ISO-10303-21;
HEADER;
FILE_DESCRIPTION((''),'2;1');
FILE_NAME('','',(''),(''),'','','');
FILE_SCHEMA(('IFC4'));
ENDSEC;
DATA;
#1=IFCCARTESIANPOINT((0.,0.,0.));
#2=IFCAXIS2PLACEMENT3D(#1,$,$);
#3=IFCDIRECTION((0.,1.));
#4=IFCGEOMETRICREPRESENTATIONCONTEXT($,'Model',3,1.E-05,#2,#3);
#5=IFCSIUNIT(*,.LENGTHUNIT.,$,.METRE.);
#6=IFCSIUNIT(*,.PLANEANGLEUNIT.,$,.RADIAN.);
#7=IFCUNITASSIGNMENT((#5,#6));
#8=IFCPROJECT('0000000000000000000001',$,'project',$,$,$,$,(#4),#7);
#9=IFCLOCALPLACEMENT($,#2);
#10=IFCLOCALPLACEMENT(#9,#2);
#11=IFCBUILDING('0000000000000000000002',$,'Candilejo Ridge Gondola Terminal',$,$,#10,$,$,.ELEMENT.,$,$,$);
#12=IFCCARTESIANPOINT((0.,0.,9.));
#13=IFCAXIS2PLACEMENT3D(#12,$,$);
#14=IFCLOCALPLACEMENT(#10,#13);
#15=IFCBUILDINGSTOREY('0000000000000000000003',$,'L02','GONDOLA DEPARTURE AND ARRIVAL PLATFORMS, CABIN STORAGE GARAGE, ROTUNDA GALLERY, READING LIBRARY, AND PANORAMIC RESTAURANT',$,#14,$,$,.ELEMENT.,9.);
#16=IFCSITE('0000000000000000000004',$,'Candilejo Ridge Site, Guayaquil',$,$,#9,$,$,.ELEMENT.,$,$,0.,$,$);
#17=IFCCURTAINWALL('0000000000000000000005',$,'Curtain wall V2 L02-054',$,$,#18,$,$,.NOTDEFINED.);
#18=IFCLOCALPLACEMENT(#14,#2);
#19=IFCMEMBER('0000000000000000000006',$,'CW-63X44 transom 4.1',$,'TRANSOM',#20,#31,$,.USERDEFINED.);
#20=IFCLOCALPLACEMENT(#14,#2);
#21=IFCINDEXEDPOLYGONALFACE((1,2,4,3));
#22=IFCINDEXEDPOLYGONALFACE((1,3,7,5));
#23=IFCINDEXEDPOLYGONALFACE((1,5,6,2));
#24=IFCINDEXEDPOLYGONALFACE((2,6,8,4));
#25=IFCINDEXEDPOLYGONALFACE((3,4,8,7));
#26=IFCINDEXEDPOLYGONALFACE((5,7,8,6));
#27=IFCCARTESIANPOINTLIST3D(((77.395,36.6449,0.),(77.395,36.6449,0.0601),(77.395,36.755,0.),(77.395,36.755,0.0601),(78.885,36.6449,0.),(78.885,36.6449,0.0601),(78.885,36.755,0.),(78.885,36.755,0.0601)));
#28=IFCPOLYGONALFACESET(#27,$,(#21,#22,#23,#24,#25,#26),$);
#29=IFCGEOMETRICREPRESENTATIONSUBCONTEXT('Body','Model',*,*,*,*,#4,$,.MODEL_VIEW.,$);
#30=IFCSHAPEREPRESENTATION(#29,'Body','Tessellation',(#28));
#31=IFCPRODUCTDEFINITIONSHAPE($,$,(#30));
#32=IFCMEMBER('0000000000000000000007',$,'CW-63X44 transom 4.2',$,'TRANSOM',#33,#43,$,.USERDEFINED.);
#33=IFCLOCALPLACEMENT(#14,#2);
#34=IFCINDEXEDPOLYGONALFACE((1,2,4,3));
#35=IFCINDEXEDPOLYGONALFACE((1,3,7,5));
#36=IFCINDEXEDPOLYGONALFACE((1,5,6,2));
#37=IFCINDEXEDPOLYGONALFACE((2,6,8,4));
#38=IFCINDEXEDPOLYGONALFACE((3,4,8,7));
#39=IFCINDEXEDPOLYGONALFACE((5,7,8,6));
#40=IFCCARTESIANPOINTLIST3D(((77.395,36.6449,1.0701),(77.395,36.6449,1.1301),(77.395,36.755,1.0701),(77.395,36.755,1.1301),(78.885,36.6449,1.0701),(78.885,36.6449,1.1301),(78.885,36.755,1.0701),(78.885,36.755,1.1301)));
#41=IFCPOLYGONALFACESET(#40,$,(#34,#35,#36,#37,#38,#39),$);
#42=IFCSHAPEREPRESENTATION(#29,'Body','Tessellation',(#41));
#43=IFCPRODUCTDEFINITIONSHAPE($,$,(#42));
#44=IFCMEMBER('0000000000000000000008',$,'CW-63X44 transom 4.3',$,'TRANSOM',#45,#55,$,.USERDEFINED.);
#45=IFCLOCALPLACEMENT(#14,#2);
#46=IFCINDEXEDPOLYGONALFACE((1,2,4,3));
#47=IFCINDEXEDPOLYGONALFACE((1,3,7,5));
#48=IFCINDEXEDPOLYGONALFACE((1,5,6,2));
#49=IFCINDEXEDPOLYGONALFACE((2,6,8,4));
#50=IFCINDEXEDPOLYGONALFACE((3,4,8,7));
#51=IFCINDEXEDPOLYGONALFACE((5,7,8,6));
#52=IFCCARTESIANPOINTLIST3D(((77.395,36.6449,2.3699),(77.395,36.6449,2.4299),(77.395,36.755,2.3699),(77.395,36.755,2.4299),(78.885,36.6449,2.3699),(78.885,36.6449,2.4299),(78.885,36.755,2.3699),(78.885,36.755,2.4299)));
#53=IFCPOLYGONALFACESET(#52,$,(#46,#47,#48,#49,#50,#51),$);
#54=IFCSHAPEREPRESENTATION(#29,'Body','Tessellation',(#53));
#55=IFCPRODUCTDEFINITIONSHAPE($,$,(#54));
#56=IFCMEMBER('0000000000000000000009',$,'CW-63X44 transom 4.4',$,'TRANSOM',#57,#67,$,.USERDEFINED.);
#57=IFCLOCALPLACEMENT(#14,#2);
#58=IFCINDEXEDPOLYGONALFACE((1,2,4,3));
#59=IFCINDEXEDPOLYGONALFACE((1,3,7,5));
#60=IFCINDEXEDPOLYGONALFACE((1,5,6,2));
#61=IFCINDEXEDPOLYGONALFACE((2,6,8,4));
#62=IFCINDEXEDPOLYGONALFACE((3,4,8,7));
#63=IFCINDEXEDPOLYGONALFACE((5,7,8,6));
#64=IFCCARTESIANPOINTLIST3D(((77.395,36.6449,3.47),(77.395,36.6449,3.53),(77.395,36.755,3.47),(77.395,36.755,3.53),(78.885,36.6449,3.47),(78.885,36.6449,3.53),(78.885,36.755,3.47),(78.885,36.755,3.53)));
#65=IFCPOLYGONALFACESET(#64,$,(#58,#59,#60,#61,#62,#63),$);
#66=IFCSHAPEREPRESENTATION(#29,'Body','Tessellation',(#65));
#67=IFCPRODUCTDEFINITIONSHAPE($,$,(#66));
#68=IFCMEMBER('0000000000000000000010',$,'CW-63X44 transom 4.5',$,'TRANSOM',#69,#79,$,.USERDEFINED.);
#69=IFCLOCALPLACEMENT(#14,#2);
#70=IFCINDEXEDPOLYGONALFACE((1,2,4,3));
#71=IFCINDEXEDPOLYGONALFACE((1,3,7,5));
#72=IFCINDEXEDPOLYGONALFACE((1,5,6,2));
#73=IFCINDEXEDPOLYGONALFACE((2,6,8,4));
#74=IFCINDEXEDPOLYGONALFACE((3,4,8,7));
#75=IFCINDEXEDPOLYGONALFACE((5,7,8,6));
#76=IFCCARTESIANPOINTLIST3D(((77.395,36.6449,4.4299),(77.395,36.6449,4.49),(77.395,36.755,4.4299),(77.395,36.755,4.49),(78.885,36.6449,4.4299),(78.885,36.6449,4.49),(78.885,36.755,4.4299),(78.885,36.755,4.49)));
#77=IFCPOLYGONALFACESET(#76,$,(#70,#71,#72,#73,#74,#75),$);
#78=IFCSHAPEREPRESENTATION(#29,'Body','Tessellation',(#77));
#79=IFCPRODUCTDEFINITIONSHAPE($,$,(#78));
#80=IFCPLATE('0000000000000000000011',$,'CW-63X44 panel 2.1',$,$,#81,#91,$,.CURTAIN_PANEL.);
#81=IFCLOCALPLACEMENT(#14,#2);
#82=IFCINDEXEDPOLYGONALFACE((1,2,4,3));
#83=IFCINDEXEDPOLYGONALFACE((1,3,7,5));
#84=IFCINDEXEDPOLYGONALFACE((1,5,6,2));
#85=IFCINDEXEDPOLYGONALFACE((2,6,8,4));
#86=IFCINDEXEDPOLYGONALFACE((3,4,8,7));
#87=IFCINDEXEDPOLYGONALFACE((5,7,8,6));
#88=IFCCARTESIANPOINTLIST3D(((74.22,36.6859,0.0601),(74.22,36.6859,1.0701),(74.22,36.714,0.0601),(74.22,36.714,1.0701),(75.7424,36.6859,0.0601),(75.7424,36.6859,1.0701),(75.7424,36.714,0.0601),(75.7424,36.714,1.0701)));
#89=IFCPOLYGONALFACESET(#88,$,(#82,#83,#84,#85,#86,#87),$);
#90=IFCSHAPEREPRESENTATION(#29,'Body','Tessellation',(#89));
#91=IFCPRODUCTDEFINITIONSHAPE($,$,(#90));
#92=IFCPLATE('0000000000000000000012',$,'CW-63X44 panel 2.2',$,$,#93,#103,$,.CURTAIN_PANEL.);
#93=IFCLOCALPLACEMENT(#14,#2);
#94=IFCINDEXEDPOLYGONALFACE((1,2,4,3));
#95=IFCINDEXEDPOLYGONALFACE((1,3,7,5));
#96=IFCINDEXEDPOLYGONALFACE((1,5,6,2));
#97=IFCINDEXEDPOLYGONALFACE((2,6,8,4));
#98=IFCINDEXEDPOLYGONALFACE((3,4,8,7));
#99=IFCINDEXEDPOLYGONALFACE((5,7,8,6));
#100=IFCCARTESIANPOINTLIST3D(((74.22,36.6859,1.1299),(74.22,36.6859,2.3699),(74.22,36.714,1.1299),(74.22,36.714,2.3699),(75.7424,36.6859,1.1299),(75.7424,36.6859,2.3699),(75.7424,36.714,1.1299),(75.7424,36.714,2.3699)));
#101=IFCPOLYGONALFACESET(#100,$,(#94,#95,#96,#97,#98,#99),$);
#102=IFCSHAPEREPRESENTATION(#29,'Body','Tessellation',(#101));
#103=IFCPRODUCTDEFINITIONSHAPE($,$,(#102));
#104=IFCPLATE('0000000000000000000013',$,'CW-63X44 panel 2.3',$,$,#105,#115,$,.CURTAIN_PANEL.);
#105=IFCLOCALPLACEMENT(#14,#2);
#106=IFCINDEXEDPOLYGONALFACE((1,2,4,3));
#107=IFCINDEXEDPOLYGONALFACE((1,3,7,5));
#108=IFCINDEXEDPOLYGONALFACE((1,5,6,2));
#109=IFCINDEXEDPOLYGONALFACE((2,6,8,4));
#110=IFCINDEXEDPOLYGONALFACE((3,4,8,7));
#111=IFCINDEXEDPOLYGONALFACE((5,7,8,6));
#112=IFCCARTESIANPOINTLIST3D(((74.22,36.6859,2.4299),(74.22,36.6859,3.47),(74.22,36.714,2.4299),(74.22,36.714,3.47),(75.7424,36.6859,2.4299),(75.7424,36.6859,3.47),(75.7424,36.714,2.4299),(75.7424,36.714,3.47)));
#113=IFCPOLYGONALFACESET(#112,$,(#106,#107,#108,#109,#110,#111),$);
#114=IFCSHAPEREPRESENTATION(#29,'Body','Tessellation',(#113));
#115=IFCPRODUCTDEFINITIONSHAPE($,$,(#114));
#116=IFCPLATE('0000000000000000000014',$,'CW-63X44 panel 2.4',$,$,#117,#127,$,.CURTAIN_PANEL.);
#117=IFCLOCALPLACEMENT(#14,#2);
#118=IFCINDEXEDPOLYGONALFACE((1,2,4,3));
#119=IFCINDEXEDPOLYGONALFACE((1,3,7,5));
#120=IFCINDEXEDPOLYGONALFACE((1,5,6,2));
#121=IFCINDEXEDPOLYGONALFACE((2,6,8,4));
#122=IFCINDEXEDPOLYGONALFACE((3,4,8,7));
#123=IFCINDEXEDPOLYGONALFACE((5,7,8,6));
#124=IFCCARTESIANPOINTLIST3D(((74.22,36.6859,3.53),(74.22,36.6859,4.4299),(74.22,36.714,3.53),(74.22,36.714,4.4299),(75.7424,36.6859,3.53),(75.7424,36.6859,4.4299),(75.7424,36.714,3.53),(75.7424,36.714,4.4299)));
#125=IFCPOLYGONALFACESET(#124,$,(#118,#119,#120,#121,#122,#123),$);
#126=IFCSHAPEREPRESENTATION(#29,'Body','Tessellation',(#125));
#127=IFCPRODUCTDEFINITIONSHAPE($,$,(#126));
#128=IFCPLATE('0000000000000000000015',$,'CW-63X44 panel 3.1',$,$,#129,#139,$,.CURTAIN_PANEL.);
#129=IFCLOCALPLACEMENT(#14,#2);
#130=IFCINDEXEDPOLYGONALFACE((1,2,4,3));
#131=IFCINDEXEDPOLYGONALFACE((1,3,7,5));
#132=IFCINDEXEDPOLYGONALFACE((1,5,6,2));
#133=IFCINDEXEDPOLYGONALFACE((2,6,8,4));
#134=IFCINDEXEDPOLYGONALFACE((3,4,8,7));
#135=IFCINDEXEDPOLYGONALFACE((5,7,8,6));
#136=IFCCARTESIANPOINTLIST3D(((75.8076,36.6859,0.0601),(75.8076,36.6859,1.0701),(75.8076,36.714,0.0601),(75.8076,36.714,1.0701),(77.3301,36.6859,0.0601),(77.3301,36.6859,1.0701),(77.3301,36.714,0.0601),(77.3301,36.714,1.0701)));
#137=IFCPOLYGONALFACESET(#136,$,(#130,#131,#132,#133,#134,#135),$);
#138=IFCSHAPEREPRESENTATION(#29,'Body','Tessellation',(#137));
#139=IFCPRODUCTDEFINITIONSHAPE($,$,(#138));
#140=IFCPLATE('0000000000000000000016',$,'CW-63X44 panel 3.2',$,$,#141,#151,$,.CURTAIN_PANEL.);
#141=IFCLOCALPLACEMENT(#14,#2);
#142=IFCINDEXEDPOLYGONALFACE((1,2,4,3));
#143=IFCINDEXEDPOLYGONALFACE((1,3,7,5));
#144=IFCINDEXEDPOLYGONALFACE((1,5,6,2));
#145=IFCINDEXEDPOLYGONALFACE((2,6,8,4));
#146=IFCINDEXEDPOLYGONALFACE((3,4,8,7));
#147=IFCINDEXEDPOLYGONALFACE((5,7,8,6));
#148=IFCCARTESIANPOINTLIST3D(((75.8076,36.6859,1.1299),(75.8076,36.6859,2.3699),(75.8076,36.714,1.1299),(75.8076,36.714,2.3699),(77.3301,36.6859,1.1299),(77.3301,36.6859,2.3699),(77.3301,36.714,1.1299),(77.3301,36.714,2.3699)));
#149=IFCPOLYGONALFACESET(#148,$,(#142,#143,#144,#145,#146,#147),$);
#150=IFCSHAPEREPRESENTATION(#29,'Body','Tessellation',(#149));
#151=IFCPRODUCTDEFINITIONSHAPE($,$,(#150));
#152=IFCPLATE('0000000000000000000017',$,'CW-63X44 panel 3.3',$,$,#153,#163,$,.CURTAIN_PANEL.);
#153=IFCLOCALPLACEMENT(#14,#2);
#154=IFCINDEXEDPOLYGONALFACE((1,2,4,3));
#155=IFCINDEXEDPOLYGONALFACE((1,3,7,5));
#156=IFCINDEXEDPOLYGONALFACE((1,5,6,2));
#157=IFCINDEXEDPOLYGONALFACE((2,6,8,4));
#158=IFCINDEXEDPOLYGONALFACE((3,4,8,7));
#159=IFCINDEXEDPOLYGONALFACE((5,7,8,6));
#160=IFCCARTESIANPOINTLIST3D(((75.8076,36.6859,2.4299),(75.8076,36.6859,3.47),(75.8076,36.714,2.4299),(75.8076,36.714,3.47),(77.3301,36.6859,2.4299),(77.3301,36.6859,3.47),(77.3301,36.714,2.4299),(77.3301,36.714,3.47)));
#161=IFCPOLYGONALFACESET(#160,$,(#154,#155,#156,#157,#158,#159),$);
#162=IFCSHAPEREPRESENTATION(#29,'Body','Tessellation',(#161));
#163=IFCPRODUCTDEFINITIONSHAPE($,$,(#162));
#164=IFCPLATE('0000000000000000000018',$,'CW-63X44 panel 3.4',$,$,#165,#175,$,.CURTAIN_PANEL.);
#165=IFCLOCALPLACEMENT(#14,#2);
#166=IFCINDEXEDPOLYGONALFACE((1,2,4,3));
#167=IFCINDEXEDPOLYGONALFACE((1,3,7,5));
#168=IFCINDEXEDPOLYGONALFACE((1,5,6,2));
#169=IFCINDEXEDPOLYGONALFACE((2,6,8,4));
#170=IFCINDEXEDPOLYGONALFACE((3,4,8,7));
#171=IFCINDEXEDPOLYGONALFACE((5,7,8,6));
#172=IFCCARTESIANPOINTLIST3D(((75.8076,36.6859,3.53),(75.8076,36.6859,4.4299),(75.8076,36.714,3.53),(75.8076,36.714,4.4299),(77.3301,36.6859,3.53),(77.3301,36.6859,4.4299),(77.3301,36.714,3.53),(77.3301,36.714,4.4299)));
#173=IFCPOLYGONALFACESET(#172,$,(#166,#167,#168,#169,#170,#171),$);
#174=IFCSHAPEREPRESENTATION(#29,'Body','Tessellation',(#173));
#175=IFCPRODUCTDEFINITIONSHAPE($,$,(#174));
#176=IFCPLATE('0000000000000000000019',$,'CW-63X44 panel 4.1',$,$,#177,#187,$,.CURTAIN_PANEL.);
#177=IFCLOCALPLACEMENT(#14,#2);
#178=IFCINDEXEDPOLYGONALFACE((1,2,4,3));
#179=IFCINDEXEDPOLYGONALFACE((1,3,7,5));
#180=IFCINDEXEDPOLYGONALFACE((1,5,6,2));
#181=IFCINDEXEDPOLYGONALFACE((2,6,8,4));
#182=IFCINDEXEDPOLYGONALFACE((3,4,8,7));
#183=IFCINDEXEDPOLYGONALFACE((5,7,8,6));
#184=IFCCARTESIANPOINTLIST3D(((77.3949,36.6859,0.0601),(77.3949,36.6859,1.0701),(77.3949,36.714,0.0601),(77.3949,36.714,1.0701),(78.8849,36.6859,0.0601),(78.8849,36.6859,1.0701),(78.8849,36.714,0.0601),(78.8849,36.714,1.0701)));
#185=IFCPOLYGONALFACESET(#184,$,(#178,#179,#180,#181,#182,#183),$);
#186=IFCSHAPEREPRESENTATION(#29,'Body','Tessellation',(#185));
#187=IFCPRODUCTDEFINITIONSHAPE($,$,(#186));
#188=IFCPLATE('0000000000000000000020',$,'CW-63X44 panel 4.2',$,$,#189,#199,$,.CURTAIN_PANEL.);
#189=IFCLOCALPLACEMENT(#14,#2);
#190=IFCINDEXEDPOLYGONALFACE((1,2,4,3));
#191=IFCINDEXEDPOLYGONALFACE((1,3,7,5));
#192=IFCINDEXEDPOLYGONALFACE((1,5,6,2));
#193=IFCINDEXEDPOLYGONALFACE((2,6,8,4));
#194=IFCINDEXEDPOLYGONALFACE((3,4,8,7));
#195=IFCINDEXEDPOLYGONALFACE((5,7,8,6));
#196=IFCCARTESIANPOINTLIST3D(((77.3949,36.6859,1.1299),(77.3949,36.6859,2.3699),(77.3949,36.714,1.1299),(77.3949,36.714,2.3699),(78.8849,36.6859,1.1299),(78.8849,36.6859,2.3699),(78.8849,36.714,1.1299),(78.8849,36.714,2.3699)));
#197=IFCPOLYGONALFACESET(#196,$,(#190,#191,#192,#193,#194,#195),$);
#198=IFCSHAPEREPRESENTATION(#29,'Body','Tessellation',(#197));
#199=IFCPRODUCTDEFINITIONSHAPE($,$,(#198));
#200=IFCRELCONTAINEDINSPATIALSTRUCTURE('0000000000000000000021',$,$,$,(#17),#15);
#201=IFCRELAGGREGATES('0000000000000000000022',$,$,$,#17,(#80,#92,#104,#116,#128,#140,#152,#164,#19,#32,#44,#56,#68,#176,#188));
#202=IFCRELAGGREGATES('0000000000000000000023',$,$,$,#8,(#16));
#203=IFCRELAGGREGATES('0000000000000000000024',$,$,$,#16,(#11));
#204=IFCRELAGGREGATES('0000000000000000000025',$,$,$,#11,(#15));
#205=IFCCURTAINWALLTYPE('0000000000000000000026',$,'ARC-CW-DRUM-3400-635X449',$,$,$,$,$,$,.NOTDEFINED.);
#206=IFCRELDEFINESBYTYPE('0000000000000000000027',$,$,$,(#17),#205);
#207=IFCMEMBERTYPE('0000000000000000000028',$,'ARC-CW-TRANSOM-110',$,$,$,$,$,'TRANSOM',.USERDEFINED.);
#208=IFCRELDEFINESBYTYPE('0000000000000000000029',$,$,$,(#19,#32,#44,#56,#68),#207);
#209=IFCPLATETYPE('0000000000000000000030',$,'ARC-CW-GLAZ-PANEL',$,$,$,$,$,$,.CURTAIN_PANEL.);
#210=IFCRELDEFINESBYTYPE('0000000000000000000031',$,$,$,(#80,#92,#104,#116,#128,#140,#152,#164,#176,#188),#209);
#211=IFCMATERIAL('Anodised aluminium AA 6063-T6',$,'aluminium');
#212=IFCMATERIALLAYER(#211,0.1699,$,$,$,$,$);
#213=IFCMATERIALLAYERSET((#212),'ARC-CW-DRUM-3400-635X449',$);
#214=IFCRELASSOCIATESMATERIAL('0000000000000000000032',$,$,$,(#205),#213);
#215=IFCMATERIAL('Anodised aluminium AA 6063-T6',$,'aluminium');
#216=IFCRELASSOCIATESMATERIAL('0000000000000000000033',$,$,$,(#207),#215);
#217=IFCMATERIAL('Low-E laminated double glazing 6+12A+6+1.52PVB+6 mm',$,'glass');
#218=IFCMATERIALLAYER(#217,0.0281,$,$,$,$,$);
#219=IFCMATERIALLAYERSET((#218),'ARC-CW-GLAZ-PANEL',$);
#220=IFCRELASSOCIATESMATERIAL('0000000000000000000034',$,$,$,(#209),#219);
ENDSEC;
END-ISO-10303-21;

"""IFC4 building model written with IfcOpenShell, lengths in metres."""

from ifc_helpers import new_model, si_unit, direction, frame, origin, origin_2d, place, context, subcontext, project, spatial, rectangle, extrude, material, layer, layer_set, material_profile, profile_set, type_object, element, aggregate, save


model = new_model("IFC4")

# Units and contexts
model_context = context("Model", 3, precision=1e-05, world=origin(), true_north=direction((0.0, 1.0)))
body_context = subcontext(model_context, "Body", "Model", "MODEL_VIEW")
ifc_project = project(units=[si_unit("LENGTHUNIT", "METRE"), si_unit("PLANEANGLEUNIT", "RADIAN")], contexts=[model_context])

# Site, building, storey
site_placement = place(None, origin())
site = spatial("IfcSite", under=ifc_project, at=site_placement, Name="Candilejo Ridge Site, Guayaquil", CompositionType="ELEMENT", RefElevation=0.0)
building_placement = place(site_placement, origin())
building = spatial("IfcBuilding", under=site, at=building_placement, Name="Candilejo Ridge Gondola Terminal", CompositionType="ELEMENT")
storey_placement = place(building_placement, frame((0.0, 0.0, 9.0)))
storey = spatial("IfcBuildingStorey", under=building, at=storey_placement, Name="L02", Description="GONDOLA DEPARTURE AND ARRIVAL PLATFORMS, CABIN STORAGE GARAGE, ROTUNDA GALLERY, READING LIBRARY, AND PANORAMIC RESTAURANT", CompositionType="ELEMENT", Elevation=9.0)

# Curtain wall, members, plates
ifc_material_1 = material(Name="Anodised aluminium AA 6063-T6", Category="aluminium")
ifc_layer_1 = layer(ifc_material_1, 0.1699)
ifc_layer_set_1 = layer_set([ifc_layer_1], Name="ARC-CW-DRUM-3400-635X449")
curtain_wall_type = type_object("IfcCurtainWallType", Name="ARC-CW-DRUM-3400-635X449", PredefinedType="NOTDEFINED", material=ifc_layer_set_1)
curtain_wall_placement = place(storey_placement, origin())
curtain_wall = element("IfcCurtainWall", 1, at=curtain_wall_placement, inside=storey, type_object=curtain_wall_type, Name="Curtain wall V2 L02-054", PredefinedType="NOTDEFINED")
ifc_material_2 = material(Name="Anodised aluminium AA 6063-T6", Category="aluminium")
ifc_material_profile_1 = material_profile(ifc_material_2, rectangle(XDim=0.1101, YDim=0.0601, at=origin_2d()))
ifc_profile_set_1 = profile_set([ifc_material_profile_1], Name="Anodised aluminium AA 6063-T6")
member_type_1 = type_object("IfcMemberType", Name="ARC-CW-TRANSOM-110", ElementType="TRANSOM", PredefinedType="USERDEFINED", material=ifc_profile_set_1)
member_1_placement = place(storey_placement, frame((77.395, 36.7, 0.03), z_axis=(1.0, 0.0, 0.0), x_axis=(0.0, 1.0, 0.0)))
member_1 = element("IfcMember", 2, at=member_1_placement, type_object=member_type_1, Name="CW-63X44 transom 4.1", ObjectType="TRANSOM", PredefinedType="USERDEFINED", context=body_context, shape_type="SweptSolid", body=[
    extrude(rectangle(XDim=0.1101, YDim=0.0601, at=origin_2d()), origin(), (0.0, 0.0, 1.0), 1.49),
])
member_2_placement = place(storey_placement, frame((77.395, 36.7, 1.1001), z_axis=(1.0, 0.0, 0.0), x_axis=(0.0, 1.0, 0.0)))
member_2 = element("IfcMember", 3, at=member_2_placement, type_object=member_type_1, Name="CW-63X44 transom 4.2", ObjectType="TRANSOM", PredefinedType="USERDEFINED", context=body_context, shape_type="SweptSolid", body=[
    extrude(rectangle(XDim=0.1101, YDim=0.0601, at=origin_2d()), origin(), (0.0, 0.0, 1.0), 1.49),
])
member_3_placement = place(storey_placement, frame((77.395, 36.7, 2.3999), z_axis=(1.0, 0.0, 0.0), x_axis=(0.0, 1.0, 0.0)))
member_3 = element("IfcMember", 4, at=member_3_placement, type_object=member_type_1, Name="CW-63X44 transom 4.3", ObjectType="TRANSOM", PredefinedType="USERDEFINED", context=body_context, shape_type="SweptSolid", body=[
    extrude(rectangle(XDim=0.1101, YDim=0.0601, at=origin_2d()), origin(), (0.0, 0.0, 1.0), 1.49),
])
member_4_placement = place(storey_placement, frame((77.395, 36.7, 3.5), z_axis=(1.0, 0.0, 0.0), x_axis=(0.0, 1.0, 0.0)))
member_4 = element("IfcMember", 5, at=member_4_placement, type_object=member_type_1, Name="CW-63X44 transom 4.4", ObjectType="TRANSOM", PredefinedType="USERDEFINED", context=body_context, shape_type="SweptSolid", body=[
    extrude(rectangle(XDim=0.1101, YDim=0.0601, at=origin_2d()), origin(), (0.0, 0.0, 1.0), 1.49),
])
member_5_placement = place(storey_placement, frame((77.395, 36.7, 4.46), z_axis=(1.0, 0.0, 0.0), x_axis=(0.0, 1.0, 0.0)))
member_5 = element("IfcMember", 6, at=member_5_placement, type_object=member_type_1, Name="CW-63X44 transom 4.5", ObjectType="TRANSOM", PredefinedType="USERDEFINED", context=body_context, shape_type="SweptSolid", body=[
    extrude(rectangle(XDim=0.1101, YDim=0.0601, at=origin_2d()), origin(), (0.0, 0.0, 1.0), 1.49),
])
ifc_material_3 = material(Name="Low-E laminated double glazing 6+12A+6+1.52PVB+6 mm", Category="glass")
ifc_layer_2 = layer(ifc_material_3, 0.0281)
ifc_layer_set_2 = layer_set([ifc_layer_2], Name="ARC-CW-GLAZ-PANEL")
plate_type_1 = type_object("IfcPlateType", Name="ARC-CW-GLAZ-PANEL", PredefinedType="CURTAIN_PANEL", material=ifc_layer_set_2)
plate_1_placement = place(storey_placement, frame((74.9812, 36.7, 0.0601), z_axis=(0.0, 0.0, 1.0), x_axis=(1.0, 0.0, 0.0)))
plate_1 = element("IfcPlate", 7, at=plate_1_placement, type_object=plate_type_1, Name="CW-63X44 panel 2.1", PredefinedType="CURTAIN_PANEL", context=body_context, shape_type="SweptSolid", body=[
    extrude(rectangle(XDim=1.5225, YDim=0.0281, at=origin_2d()), origin(), (0.0, 0.0, 1.0), 1.01),
])
plate_2_placement = place(storey_placement, frame((74.9812, 36.7, 1.1299), z_axis=(0.0, 0.0, 1.0), x_axis=(1.0, 0.0, 0.0)))
plate_2 = element("IfcPlate", 8, at=plate_2_placement, type_object=plate_type_1, Name="CW-63X44 panel 2.2", PredefinedType="CURTAIN_PANEL", context=body_context, shape_type="SweptSolid", body=[
    extrude(rectangle(XDim=1.5225, YDim=0.0281, at=origin_2d()), origin(), (0.0, 0.0, 1.0), 1.24),
])
plate_3_placement = place(storey_placement, frame((74.9812, 36.7, 2.4299), z_axis=(0.0, 0.0, 1.0), x_axis=(1.0, 0.0, 0.0)))
plate_3 = element("IfcPlate", 9, at=plate_3_placement, type_object=plate_type_1, Name="CW-63X44 panel 2.3", PredefinedType="CURTAIN_PANEL", context=body_context, shape_type="SweptSolid", body=[
    extrude(rectangle(XDim=1.5225, YDim=0.0281, at=origin_2d()), origin(), (0.0, 0.0, 1.0), 1.04),
])
plate_4_placement = place(storey_placement, frame((74.9812, 36.7, 3.53), z_axis=(0.0, 0.0, 1.0), x_axis=(1.0, 0.0, 0.0)))
plate_4 = element("IfcPlate", 10, at=plate_4_placement, type_object=plate_type_1, Name="CW-63X44 panel 2.4", PredefinedType="CURTAIN_PANEL", context=body_context, shape_type="SweptSolid", body=[
    extrude(rectangle(XDim=1.5225, YDim=0.0281, at=origin_2d()), origin(), (0.0, 0.0, 1.0), 0.8999),
])
plate_5_placement = place(storey_placement, frame((76.5688, 36.7, 0.0601), z_axis=(0.0, 0.0, 1.0), x_axis=(1.0, 0.0, 0.0)))
plate_5 = element("IfcPlate", 11, at=plate_5_placement, type_object=plate_type_1, Name="CW-63X44 panel 3.1", PredefinedType="CURTAIN_PANEL", context=body_context, shape_type="SweptSolid", body=[
    extrude(rectangle(XDim=1.5225, YDim=0.0281, at=origin_2d()), origin(), (0.0, 0.0, 1.0), 1.01),
])
plate_6_placement = place(storey_placement, frame((76.5688, 36.7, 1.1299), z_axis=(0.0, 0.0, 1.0), x_axis=(1.0, 0.0, 0.0)))
plate_6 = element("IfcPlate", 12, at=plate_6_placement, type_object=plate_type_1, Name="CW-63X44 panel 3.2", PredefinedType="CURTAIN_PANEL", context=body_context, shape_type="SweptSolid", body=[
    extrude(rectangle(XDim=1.5225, YDim=0.0281, at=origin_2d()), origin(), (0.0, 0.0, 1.0), 1.24),
])
plate_7_placement = place(storey_placement, frame((76.5688, 36.7, 2.4299), z_axis=(0.0, 0.0, 1.0), x_axis=(1.0, 0.0, 0.0)))
plate_7 = element("IfcPlate", 13, at=plate_7_placement, type_object=plate_type_1, Name="CW-63X44 panel 3.3", PredefinedType="CURTAIN_PANEL", context=body_context, shape_type="SweptSolid", body=[
    extrude(rectangle(XDim=1.5225, YDim=0.0281, at=origin_2d()), origin(), (0.0, 0.0, 1.0), 1.04),
])
plate_8_placement = place(storey_placement, frame((76.5688, 36.7, 3.53), z_axis=(0.0, 0.0, 1.0), x_axis=(1.0, 0.0, 0.0)))
plate_8 = element("IfcPlate", 14, at=plate_8_placement, type_object=plate_type_1, Name="CW-63X44 panel 3.4", PredefinedType="CURTAIN_PANEL", context=body_context, shape_type="SweptSolid", body=[
    extrude(rectangle(XDim=1.5225, YDim=0.0281, at=origin_2d()), origin(), (0.0, 0.0, 1.0), 0.8999),
])
plate_9_placement = place(storey_placement, frame((78.1399, 36.7, 0.0601), z_axis=(0.0, 0.0, 1.0), x_axis=(1.0, 0.0, 0.0)))
plate_9 = element("IfcPlate", 15, at=plate_9_placement, type_object=plate_type_1, Name="CW-63X44 panel 4.1", PredefinedType="CURTAIN_PANEL", context=body_context, shape_type="SweptSolid", body=[
    extrude(rectangle(XDim=1.49, YDim=0.0281, at=origin_2d()), origin(), (0.0, 0.0, 1.0), 1.01),
])
plate_10_placement = place(storey_placement, frame((78.1399, 36.7, 1.1299), z_axis=(0.0, 0.0, 1.0), x_axis=(1.0, 0.0, 0.0)))
plate_10 = element("IfcPlate", 16, at=plate_10_placement, type_object=plate_type_1, Name="CW-63X44 panel 4.2", PredefinedType="CURTAIN_PANEL", context=body_context, shape_type="SweptSolid", body=[
    extrude(rectangle(XDim=1.49, YDim=0.0281, at=origin_2d()), origin(), (0.0, 0.0, 1.0), 1.24),
])
aggregate(curtain_wall, [plate_1, plate_2, plate_3, plate_4, plate_5, plate_6, plate_7, plate_8, member_1, member_2, member_3, member_4, member_5, plate_9, plate_10])

save(model, "model.ifc")
